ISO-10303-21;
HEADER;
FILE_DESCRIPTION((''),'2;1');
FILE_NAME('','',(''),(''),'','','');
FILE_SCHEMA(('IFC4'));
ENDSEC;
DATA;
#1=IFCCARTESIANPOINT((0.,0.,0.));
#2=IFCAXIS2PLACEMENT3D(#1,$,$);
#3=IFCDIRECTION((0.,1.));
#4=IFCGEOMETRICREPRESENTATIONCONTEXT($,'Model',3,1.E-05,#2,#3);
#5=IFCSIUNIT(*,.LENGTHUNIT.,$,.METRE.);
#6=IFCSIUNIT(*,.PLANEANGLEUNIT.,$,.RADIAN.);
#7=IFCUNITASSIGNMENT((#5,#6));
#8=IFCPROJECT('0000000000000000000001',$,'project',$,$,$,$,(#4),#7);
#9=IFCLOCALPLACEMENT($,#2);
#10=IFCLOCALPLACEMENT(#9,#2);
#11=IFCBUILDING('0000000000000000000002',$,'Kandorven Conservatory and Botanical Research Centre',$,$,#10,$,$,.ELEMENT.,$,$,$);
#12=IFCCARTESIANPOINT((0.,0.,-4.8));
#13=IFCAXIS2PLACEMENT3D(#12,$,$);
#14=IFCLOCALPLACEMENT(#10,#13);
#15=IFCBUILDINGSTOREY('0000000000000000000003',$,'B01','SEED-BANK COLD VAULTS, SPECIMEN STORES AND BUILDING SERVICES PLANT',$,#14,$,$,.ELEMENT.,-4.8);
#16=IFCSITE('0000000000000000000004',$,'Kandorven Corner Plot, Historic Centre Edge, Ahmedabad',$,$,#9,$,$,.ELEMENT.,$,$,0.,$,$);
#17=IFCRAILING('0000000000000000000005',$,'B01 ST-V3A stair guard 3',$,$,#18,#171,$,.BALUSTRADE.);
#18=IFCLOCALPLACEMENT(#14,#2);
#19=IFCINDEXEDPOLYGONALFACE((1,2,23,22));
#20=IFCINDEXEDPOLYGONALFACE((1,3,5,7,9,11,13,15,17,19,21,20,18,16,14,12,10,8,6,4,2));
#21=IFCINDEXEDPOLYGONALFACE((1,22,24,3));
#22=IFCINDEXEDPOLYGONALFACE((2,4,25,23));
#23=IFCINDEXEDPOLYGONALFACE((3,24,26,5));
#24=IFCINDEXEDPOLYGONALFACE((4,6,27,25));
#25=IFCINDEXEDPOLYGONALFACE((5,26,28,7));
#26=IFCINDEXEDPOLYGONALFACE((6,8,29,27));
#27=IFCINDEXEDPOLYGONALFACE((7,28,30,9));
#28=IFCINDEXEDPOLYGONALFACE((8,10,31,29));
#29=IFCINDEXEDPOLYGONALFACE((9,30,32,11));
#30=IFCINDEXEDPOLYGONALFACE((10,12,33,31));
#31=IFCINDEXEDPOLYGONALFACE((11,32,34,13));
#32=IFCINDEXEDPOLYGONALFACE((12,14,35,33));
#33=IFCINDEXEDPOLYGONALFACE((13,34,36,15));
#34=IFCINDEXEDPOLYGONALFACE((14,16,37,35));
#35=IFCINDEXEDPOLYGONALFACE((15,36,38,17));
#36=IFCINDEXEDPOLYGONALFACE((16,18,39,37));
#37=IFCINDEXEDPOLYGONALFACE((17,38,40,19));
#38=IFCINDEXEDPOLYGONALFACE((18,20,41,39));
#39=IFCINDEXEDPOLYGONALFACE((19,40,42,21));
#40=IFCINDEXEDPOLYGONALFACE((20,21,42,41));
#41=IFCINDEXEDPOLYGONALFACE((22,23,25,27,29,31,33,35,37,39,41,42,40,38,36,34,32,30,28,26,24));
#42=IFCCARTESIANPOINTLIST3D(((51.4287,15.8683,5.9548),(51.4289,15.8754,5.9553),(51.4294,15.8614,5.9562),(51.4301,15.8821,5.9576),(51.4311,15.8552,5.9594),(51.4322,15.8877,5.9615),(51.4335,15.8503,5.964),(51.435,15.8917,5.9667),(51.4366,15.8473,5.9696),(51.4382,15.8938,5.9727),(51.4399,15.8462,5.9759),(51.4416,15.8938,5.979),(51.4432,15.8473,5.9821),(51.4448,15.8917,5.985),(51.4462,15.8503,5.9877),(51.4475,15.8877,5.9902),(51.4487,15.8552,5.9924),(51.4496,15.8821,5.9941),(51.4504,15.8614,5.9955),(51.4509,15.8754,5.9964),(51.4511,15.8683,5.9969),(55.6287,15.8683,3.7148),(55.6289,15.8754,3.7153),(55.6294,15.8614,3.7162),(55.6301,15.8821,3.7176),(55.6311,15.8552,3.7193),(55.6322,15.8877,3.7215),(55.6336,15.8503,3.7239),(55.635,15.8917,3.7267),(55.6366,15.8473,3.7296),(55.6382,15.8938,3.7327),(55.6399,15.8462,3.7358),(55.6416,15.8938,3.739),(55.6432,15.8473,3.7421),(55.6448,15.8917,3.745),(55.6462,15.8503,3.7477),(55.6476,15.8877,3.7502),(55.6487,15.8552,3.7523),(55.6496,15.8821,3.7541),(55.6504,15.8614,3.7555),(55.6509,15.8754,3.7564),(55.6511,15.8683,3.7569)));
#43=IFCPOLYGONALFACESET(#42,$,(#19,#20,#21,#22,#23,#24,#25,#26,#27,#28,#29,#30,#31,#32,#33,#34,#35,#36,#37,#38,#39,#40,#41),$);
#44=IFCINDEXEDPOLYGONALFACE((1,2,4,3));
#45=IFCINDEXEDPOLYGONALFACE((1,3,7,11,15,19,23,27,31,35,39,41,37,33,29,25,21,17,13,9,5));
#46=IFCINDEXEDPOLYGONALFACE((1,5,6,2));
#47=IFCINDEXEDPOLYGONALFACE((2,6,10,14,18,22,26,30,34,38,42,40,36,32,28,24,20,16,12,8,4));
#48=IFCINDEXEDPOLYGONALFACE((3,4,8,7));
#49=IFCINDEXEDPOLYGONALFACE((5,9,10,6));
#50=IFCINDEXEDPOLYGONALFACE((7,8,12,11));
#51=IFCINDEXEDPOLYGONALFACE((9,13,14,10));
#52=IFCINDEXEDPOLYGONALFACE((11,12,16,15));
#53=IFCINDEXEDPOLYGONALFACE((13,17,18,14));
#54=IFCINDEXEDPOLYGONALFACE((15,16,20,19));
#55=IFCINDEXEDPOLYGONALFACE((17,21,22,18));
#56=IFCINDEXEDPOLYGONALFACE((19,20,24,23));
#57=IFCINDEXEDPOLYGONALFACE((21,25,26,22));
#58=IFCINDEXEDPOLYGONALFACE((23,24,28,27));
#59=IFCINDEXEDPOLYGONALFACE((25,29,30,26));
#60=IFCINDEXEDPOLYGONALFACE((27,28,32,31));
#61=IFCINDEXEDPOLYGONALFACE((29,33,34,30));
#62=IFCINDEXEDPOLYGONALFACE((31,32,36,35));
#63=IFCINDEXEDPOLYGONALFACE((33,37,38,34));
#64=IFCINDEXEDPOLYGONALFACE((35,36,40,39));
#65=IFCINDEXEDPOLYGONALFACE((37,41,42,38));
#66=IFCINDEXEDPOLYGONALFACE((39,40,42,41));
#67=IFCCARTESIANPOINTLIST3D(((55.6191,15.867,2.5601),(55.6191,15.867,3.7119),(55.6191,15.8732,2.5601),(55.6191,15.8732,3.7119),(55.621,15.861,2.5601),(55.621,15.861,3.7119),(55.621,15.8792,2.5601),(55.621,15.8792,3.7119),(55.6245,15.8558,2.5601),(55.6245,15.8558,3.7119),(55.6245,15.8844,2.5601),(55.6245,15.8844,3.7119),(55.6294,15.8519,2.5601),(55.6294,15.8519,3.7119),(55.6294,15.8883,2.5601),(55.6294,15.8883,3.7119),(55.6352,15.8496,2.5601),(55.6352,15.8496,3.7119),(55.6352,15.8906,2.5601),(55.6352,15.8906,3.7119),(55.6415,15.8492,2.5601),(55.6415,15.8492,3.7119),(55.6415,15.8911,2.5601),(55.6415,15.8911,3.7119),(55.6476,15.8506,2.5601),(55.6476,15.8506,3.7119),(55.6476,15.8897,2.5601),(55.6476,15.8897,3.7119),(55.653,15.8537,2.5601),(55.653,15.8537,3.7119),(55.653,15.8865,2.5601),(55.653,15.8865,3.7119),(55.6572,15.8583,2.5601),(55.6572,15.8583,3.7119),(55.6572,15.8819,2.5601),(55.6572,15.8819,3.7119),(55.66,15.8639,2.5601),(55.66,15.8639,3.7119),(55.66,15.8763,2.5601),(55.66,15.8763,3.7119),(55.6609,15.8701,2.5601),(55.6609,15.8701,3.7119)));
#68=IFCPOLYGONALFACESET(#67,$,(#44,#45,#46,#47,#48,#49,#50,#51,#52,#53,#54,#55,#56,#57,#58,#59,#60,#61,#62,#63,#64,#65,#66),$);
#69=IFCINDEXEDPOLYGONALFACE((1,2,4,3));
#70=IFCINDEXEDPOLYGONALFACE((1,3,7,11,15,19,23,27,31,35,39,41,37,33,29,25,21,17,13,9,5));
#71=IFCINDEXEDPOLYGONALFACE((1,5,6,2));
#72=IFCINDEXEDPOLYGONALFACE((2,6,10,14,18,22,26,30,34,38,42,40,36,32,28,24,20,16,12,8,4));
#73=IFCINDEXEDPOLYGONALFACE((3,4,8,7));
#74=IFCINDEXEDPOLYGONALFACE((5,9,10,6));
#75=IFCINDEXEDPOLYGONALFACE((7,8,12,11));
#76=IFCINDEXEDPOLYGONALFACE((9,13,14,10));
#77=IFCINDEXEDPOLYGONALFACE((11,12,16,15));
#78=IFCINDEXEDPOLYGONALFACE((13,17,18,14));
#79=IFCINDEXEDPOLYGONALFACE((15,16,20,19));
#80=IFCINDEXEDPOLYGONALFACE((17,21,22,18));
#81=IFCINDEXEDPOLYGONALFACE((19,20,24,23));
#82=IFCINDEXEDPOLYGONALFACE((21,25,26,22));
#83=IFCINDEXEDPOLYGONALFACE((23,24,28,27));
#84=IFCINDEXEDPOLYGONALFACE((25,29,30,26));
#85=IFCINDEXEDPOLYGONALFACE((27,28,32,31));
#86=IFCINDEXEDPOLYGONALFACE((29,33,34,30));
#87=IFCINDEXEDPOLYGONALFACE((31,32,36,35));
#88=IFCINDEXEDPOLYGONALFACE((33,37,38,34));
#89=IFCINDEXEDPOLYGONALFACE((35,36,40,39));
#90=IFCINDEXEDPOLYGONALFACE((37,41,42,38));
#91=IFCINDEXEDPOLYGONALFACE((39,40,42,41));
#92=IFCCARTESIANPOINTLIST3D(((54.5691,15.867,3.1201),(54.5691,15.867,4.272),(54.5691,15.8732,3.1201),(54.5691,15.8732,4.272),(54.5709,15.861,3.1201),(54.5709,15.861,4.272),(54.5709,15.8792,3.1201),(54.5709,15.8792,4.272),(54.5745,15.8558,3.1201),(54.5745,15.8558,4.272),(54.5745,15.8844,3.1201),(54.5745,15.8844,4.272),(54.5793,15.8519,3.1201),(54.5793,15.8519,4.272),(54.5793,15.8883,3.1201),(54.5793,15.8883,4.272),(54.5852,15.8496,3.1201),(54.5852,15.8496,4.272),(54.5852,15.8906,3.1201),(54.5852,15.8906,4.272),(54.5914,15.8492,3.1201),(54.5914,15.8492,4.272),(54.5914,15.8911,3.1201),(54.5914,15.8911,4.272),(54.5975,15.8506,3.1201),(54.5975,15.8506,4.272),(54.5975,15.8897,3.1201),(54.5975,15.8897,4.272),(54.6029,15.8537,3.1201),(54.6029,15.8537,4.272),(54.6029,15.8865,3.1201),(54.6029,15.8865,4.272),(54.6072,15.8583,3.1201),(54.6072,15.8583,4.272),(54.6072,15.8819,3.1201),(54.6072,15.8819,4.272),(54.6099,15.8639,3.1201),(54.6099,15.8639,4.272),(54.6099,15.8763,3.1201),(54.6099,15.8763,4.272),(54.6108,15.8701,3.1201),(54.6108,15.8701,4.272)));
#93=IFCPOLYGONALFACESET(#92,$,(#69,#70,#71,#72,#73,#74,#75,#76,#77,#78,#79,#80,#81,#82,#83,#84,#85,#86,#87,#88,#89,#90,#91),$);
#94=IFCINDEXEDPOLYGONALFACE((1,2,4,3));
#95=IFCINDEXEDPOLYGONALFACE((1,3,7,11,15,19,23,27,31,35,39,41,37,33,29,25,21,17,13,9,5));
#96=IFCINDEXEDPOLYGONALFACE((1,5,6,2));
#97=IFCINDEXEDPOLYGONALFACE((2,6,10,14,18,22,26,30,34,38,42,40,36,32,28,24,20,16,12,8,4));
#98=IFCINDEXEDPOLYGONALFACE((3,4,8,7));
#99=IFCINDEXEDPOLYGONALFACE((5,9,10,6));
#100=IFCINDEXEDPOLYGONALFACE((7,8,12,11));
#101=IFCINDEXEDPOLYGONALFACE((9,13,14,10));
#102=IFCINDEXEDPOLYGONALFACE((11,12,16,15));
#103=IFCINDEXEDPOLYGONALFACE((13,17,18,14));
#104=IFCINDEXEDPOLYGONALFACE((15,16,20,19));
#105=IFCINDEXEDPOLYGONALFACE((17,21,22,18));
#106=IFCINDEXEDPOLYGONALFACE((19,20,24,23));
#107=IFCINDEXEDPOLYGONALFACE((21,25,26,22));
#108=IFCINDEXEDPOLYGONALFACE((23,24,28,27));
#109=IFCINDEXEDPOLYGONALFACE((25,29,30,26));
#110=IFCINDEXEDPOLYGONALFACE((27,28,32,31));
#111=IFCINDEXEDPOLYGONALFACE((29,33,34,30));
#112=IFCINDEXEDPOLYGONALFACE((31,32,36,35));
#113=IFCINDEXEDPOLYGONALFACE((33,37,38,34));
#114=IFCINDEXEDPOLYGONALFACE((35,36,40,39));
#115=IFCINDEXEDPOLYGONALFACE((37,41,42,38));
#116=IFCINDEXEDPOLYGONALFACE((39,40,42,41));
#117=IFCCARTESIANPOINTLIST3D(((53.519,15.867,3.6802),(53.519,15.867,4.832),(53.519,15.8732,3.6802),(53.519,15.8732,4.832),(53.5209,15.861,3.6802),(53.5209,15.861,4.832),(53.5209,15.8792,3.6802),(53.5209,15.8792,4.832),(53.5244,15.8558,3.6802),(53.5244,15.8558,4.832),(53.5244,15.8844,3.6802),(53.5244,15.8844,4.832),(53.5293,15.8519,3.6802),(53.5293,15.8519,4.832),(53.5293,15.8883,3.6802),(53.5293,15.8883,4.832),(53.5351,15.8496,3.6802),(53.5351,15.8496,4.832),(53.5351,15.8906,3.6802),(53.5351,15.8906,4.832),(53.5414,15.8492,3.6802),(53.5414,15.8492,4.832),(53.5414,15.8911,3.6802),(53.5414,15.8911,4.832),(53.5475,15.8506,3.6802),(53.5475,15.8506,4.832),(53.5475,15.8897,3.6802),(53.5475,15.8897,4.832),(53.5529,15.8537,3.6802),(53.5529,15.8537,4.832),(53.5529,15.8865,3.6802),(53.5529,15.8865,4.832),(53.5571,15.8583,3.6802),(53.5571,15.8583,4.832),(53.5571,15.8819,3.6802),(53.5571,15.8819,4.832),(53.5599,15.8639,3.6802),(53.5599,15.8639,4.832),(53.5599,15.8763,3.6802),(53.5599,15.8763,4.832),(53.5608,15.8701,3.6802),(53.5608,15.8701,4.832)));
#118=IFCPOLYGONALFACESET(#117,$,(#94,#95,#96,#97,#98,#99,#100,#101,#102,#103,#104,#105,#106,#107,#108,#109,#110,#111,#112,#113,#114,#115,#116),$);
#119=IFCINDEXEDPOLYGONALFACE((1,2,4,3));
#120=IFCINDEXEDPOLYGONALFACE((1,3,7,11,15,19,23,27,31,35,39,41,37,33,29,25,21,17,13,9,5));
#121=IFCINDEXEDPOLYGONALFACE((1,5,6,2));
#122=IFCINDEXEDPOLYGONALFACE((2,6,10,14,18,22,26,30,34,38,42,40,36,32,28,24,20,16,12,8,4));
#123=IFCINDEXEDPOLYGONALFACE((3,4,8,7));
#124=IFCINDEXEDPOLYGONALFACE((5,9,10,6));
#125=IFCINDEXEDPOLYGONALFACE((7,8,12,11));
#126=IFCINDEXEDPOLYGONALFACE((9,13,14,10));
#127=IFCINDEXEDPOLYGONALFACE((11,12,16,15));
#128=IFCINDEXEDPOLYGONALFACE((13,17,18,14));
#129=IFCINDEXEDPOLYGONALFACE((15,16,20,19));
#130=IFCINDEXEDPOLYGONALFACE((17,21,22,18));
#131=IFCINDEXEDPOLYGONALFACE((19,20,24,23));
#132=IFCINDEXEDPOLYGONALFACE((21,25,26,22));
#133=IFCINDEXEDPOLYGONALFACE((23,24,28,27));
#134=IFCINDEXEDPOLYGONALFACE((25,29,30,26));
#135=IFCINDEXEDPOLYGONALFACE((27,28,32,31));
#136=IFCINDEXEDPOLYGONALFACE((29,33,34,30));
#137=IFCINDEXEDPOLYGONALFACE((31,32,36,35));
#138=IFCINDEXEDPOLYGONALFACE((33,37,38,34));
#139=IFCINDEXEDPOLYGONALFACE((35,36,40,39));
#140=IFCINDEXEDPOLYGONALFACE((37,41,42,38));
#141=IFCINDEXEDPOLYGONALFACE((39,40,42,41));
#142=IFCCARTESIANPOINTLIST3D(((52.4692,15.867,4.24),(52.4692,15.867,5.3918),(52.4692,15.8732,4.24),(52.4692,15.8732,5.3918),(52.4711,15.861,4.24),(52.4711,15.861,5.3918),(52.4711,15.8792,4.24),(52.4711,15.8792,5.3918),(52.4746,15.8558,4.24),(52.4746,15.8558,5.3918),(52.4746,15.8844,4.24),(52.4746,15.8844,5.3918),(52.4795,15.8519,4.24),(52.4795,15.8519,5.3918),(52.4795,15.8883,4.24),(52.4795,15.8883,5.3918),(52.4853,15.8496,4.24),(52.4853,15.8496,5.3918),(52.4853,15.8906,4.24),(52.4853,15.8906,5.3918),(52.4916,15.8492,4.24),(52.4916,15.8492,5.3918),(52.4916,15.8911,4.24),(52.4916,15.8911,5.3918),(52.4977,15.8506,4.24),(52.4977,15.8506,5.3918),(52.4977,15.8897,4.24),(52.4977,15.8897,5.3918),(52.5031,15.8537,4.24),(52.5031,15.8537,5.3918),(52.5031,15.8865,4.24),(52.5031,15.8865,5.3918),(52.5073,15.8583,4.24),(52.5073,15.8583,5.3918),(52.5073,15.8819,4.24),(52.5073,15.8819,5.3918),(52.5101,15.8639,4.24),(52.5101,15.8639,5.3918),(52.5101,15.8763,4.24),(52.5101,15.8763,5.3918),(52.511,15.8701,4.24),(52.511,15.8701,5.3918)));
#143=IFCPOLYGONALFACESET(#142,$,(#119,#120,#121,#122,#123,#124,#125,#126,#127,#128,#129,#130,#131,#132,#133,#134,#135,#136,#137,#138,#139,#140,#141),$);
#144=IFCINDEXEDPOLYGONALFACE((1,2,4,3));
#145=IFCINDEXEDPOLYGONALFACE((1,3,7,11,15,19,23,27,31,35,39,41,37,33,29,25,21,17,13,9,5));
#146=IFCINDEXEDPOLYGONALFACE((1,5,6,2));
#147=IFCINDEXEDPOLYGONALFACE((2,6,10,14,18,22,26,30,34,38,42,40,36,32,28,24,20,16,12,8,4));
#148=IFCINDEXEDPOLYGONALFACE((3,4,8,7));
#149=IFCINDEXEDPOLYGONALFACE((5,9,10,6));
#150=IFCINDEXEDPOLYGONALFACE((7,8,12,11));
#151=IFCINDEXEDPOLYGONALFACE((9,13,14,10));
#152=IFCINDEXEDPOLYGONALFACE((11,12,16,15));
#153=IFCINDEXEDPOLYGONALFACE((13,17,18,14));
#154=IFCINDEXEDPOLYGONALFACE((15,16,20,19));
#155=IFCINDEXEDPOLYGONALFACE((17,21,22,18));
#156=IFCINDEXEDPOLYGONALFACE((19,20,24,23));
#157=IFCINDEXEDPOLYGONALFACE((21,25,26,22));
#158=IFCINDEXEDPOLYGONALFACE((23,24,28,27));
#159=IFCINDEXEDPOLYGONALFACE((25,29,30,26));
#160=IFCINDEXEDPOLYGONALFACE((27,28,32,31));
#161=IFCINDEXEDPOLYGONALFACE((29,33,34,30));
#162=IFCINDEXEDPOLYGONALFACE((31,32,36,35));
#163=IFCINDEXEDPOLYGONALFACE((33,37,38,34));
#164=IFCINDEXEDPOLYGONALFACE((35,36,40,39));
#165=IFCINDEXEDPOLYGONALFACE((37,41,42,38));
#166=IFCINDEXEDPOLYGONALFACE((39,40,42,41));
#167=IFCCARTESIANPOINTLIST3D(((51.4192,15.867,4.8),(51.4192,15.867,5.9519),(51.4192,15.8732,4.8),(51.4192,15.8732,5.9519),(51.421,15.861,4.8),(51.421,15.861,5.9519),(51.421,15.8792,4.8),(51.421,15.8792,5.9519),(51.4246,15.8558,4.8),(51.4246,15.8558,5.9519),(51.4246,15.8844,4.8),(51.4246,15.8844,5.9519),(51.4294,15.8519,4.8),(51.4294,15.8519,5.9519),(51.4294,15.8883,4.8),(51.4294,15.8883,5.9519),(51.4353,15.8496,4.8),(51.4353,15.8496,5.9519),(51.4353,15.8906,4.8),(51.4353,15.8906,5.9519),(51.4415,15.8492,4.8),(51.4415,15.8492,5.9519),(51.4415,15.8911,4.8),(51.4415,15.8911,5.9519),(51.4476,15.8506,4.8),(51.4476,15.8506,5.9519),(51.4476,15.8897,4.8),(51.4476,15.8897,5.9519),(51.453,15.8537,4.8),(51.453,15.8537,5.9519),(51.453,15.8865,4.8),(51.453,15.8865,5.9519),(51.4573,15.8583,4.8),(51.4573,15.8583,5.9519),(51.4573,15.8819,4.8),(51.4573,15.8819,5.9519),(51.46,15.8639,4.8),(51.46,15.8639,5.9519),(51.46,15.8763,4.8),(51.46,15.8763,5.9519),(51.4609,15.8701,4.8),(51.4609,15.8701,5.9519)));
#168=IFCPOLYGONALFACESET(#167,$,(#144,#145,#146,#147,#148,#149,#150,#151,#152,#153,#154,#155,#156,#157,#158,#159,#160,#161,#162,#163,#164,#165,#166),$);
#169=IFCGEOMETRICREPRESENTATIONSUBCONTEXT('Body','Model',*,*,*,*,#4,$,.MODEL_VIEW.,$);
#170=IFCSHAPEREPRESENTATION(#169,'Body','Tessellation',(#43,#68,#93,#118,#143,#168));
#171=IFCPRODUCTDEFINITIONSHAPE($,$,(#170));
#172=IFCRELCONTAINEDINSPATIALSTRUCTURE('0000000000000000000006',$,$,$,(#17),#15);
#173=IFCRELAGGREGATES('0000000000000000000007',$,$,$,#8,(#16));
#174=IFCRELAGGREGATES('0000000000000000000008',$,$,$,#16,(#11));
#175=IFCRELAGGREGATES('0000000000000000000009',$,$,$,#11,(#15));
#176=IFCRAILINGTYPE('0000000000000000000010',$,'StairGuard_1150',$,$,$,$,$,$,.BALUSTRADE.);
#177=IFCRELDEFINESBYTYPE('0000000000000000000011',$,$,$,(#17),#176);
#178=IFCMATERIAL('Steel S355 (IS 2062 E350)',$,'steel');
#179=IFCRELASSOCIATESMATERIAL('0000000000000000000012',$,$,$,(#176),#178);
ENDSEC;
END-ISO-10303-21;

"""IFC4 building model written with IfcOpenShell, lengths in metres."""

from ifc_helpers import new_model, si_unit, direction, frame, origin, origin_2d, place, context, subcontext, project, spatial, circle, extrude, material, type_object, element, save


model = new_model("IFC4")

# Units and contexts
model_context = context("Model", 3, precision=1e-05, world=origin(), true_north=direction((0.0, 1.0)))
body_context = subcontext(model_context, "Body", "Model", "MODEL_VIEW")
ifc_project = project(units=[si_unit("LENGTHUNIT", "METRE"), si_unit("PLANEANGLEUNIT", "RADIAN")], contexts=[model_context])

# Site, building, storey
site_placement = place(None, origin())
site = spatial("IfcSite", under=ifc_project, at=site_placement, Name="Kandorven Corner Plot, Historic Centre Edge, Ahmedabad", CompositionType="ELEMENT", RefElevation=0.0)
building_placement = place(site_placement, origin())
building = spatial("IfcBuilding", under=site, at=building_placement, Name="Kandorven Conservatory and Botanical Research Centre", CompositionType="ELEMENT")
storey_placement = place(building_placement, frame((0.0, 0.0, -4.8)))
storey = spatial("IfcBuildingStorey", under=building, at=storey_placement, Name="B01", Description="SEED-BANK COLD VAULTS, SPECIMEN STORES AND BUILDING SERVICES PLANT", CompositionType="ELEMENT", Elevation=-4.8)

# Railing
ifc_material_1 = material(Name="Steel S355 (IS 2062 E350)", Category="steel")
railing_type_1 = type_object("IfcRailingType", Name="StairGuard_1150", PredefinedType="BALUSTRADE", material=ifc_material_1)
railing_1_placement = place(storey_placement, frame((55.6399, 15.8701, 2.5601)))
element("IfcRailing", 1, at=railing_1_placement, inside=storey, type_object=railing_type_1, Name="B01 ST-V3A stair guard 3", PredefinedType="BALUSTRADE", context=body_context, shape_type="SweptSolid", body=[
    extrude(circle(Radius=0.0239, at=origin_2d()), frame((0.0, 0.0, 1.1758), z_axis=(-0.882352, 0.0, 0.470591), x_axis=(0.0, -1.0, 0.0)), (0.0, 0.0, 1.0), 4.76),
    extrude(circle(Radius=0.021, at=origin_2d()), origin(), (0.0, 0.0, 1.0), 1.1519),
    extrude(circle(Radius=0.021, at=origin_2d()), frame((-1.05, 0.0, 0.5601)), (0.0, 0.0, 1.0), 1.1519),
    extrude(circle(Radius=0.021, at=origin_2d()), frame((-2.1001, 0.0, 1.1201)), (0.0, 0.0, 1.0), 1.1519),
    extrude(circle(Radius=0.021, at=origin_2d()), frame((-3.1499, 0.0, 1.6799)), (0.0, 0.0, 1.0), 1.1519),
    extrude(circle(Radius=0.021, at=origin_2d()), frame((-4.2, 0.0, 2.24)), (0.0, 0.0, 1.0), 1.1519),
])

save(model, "model.ifc")
